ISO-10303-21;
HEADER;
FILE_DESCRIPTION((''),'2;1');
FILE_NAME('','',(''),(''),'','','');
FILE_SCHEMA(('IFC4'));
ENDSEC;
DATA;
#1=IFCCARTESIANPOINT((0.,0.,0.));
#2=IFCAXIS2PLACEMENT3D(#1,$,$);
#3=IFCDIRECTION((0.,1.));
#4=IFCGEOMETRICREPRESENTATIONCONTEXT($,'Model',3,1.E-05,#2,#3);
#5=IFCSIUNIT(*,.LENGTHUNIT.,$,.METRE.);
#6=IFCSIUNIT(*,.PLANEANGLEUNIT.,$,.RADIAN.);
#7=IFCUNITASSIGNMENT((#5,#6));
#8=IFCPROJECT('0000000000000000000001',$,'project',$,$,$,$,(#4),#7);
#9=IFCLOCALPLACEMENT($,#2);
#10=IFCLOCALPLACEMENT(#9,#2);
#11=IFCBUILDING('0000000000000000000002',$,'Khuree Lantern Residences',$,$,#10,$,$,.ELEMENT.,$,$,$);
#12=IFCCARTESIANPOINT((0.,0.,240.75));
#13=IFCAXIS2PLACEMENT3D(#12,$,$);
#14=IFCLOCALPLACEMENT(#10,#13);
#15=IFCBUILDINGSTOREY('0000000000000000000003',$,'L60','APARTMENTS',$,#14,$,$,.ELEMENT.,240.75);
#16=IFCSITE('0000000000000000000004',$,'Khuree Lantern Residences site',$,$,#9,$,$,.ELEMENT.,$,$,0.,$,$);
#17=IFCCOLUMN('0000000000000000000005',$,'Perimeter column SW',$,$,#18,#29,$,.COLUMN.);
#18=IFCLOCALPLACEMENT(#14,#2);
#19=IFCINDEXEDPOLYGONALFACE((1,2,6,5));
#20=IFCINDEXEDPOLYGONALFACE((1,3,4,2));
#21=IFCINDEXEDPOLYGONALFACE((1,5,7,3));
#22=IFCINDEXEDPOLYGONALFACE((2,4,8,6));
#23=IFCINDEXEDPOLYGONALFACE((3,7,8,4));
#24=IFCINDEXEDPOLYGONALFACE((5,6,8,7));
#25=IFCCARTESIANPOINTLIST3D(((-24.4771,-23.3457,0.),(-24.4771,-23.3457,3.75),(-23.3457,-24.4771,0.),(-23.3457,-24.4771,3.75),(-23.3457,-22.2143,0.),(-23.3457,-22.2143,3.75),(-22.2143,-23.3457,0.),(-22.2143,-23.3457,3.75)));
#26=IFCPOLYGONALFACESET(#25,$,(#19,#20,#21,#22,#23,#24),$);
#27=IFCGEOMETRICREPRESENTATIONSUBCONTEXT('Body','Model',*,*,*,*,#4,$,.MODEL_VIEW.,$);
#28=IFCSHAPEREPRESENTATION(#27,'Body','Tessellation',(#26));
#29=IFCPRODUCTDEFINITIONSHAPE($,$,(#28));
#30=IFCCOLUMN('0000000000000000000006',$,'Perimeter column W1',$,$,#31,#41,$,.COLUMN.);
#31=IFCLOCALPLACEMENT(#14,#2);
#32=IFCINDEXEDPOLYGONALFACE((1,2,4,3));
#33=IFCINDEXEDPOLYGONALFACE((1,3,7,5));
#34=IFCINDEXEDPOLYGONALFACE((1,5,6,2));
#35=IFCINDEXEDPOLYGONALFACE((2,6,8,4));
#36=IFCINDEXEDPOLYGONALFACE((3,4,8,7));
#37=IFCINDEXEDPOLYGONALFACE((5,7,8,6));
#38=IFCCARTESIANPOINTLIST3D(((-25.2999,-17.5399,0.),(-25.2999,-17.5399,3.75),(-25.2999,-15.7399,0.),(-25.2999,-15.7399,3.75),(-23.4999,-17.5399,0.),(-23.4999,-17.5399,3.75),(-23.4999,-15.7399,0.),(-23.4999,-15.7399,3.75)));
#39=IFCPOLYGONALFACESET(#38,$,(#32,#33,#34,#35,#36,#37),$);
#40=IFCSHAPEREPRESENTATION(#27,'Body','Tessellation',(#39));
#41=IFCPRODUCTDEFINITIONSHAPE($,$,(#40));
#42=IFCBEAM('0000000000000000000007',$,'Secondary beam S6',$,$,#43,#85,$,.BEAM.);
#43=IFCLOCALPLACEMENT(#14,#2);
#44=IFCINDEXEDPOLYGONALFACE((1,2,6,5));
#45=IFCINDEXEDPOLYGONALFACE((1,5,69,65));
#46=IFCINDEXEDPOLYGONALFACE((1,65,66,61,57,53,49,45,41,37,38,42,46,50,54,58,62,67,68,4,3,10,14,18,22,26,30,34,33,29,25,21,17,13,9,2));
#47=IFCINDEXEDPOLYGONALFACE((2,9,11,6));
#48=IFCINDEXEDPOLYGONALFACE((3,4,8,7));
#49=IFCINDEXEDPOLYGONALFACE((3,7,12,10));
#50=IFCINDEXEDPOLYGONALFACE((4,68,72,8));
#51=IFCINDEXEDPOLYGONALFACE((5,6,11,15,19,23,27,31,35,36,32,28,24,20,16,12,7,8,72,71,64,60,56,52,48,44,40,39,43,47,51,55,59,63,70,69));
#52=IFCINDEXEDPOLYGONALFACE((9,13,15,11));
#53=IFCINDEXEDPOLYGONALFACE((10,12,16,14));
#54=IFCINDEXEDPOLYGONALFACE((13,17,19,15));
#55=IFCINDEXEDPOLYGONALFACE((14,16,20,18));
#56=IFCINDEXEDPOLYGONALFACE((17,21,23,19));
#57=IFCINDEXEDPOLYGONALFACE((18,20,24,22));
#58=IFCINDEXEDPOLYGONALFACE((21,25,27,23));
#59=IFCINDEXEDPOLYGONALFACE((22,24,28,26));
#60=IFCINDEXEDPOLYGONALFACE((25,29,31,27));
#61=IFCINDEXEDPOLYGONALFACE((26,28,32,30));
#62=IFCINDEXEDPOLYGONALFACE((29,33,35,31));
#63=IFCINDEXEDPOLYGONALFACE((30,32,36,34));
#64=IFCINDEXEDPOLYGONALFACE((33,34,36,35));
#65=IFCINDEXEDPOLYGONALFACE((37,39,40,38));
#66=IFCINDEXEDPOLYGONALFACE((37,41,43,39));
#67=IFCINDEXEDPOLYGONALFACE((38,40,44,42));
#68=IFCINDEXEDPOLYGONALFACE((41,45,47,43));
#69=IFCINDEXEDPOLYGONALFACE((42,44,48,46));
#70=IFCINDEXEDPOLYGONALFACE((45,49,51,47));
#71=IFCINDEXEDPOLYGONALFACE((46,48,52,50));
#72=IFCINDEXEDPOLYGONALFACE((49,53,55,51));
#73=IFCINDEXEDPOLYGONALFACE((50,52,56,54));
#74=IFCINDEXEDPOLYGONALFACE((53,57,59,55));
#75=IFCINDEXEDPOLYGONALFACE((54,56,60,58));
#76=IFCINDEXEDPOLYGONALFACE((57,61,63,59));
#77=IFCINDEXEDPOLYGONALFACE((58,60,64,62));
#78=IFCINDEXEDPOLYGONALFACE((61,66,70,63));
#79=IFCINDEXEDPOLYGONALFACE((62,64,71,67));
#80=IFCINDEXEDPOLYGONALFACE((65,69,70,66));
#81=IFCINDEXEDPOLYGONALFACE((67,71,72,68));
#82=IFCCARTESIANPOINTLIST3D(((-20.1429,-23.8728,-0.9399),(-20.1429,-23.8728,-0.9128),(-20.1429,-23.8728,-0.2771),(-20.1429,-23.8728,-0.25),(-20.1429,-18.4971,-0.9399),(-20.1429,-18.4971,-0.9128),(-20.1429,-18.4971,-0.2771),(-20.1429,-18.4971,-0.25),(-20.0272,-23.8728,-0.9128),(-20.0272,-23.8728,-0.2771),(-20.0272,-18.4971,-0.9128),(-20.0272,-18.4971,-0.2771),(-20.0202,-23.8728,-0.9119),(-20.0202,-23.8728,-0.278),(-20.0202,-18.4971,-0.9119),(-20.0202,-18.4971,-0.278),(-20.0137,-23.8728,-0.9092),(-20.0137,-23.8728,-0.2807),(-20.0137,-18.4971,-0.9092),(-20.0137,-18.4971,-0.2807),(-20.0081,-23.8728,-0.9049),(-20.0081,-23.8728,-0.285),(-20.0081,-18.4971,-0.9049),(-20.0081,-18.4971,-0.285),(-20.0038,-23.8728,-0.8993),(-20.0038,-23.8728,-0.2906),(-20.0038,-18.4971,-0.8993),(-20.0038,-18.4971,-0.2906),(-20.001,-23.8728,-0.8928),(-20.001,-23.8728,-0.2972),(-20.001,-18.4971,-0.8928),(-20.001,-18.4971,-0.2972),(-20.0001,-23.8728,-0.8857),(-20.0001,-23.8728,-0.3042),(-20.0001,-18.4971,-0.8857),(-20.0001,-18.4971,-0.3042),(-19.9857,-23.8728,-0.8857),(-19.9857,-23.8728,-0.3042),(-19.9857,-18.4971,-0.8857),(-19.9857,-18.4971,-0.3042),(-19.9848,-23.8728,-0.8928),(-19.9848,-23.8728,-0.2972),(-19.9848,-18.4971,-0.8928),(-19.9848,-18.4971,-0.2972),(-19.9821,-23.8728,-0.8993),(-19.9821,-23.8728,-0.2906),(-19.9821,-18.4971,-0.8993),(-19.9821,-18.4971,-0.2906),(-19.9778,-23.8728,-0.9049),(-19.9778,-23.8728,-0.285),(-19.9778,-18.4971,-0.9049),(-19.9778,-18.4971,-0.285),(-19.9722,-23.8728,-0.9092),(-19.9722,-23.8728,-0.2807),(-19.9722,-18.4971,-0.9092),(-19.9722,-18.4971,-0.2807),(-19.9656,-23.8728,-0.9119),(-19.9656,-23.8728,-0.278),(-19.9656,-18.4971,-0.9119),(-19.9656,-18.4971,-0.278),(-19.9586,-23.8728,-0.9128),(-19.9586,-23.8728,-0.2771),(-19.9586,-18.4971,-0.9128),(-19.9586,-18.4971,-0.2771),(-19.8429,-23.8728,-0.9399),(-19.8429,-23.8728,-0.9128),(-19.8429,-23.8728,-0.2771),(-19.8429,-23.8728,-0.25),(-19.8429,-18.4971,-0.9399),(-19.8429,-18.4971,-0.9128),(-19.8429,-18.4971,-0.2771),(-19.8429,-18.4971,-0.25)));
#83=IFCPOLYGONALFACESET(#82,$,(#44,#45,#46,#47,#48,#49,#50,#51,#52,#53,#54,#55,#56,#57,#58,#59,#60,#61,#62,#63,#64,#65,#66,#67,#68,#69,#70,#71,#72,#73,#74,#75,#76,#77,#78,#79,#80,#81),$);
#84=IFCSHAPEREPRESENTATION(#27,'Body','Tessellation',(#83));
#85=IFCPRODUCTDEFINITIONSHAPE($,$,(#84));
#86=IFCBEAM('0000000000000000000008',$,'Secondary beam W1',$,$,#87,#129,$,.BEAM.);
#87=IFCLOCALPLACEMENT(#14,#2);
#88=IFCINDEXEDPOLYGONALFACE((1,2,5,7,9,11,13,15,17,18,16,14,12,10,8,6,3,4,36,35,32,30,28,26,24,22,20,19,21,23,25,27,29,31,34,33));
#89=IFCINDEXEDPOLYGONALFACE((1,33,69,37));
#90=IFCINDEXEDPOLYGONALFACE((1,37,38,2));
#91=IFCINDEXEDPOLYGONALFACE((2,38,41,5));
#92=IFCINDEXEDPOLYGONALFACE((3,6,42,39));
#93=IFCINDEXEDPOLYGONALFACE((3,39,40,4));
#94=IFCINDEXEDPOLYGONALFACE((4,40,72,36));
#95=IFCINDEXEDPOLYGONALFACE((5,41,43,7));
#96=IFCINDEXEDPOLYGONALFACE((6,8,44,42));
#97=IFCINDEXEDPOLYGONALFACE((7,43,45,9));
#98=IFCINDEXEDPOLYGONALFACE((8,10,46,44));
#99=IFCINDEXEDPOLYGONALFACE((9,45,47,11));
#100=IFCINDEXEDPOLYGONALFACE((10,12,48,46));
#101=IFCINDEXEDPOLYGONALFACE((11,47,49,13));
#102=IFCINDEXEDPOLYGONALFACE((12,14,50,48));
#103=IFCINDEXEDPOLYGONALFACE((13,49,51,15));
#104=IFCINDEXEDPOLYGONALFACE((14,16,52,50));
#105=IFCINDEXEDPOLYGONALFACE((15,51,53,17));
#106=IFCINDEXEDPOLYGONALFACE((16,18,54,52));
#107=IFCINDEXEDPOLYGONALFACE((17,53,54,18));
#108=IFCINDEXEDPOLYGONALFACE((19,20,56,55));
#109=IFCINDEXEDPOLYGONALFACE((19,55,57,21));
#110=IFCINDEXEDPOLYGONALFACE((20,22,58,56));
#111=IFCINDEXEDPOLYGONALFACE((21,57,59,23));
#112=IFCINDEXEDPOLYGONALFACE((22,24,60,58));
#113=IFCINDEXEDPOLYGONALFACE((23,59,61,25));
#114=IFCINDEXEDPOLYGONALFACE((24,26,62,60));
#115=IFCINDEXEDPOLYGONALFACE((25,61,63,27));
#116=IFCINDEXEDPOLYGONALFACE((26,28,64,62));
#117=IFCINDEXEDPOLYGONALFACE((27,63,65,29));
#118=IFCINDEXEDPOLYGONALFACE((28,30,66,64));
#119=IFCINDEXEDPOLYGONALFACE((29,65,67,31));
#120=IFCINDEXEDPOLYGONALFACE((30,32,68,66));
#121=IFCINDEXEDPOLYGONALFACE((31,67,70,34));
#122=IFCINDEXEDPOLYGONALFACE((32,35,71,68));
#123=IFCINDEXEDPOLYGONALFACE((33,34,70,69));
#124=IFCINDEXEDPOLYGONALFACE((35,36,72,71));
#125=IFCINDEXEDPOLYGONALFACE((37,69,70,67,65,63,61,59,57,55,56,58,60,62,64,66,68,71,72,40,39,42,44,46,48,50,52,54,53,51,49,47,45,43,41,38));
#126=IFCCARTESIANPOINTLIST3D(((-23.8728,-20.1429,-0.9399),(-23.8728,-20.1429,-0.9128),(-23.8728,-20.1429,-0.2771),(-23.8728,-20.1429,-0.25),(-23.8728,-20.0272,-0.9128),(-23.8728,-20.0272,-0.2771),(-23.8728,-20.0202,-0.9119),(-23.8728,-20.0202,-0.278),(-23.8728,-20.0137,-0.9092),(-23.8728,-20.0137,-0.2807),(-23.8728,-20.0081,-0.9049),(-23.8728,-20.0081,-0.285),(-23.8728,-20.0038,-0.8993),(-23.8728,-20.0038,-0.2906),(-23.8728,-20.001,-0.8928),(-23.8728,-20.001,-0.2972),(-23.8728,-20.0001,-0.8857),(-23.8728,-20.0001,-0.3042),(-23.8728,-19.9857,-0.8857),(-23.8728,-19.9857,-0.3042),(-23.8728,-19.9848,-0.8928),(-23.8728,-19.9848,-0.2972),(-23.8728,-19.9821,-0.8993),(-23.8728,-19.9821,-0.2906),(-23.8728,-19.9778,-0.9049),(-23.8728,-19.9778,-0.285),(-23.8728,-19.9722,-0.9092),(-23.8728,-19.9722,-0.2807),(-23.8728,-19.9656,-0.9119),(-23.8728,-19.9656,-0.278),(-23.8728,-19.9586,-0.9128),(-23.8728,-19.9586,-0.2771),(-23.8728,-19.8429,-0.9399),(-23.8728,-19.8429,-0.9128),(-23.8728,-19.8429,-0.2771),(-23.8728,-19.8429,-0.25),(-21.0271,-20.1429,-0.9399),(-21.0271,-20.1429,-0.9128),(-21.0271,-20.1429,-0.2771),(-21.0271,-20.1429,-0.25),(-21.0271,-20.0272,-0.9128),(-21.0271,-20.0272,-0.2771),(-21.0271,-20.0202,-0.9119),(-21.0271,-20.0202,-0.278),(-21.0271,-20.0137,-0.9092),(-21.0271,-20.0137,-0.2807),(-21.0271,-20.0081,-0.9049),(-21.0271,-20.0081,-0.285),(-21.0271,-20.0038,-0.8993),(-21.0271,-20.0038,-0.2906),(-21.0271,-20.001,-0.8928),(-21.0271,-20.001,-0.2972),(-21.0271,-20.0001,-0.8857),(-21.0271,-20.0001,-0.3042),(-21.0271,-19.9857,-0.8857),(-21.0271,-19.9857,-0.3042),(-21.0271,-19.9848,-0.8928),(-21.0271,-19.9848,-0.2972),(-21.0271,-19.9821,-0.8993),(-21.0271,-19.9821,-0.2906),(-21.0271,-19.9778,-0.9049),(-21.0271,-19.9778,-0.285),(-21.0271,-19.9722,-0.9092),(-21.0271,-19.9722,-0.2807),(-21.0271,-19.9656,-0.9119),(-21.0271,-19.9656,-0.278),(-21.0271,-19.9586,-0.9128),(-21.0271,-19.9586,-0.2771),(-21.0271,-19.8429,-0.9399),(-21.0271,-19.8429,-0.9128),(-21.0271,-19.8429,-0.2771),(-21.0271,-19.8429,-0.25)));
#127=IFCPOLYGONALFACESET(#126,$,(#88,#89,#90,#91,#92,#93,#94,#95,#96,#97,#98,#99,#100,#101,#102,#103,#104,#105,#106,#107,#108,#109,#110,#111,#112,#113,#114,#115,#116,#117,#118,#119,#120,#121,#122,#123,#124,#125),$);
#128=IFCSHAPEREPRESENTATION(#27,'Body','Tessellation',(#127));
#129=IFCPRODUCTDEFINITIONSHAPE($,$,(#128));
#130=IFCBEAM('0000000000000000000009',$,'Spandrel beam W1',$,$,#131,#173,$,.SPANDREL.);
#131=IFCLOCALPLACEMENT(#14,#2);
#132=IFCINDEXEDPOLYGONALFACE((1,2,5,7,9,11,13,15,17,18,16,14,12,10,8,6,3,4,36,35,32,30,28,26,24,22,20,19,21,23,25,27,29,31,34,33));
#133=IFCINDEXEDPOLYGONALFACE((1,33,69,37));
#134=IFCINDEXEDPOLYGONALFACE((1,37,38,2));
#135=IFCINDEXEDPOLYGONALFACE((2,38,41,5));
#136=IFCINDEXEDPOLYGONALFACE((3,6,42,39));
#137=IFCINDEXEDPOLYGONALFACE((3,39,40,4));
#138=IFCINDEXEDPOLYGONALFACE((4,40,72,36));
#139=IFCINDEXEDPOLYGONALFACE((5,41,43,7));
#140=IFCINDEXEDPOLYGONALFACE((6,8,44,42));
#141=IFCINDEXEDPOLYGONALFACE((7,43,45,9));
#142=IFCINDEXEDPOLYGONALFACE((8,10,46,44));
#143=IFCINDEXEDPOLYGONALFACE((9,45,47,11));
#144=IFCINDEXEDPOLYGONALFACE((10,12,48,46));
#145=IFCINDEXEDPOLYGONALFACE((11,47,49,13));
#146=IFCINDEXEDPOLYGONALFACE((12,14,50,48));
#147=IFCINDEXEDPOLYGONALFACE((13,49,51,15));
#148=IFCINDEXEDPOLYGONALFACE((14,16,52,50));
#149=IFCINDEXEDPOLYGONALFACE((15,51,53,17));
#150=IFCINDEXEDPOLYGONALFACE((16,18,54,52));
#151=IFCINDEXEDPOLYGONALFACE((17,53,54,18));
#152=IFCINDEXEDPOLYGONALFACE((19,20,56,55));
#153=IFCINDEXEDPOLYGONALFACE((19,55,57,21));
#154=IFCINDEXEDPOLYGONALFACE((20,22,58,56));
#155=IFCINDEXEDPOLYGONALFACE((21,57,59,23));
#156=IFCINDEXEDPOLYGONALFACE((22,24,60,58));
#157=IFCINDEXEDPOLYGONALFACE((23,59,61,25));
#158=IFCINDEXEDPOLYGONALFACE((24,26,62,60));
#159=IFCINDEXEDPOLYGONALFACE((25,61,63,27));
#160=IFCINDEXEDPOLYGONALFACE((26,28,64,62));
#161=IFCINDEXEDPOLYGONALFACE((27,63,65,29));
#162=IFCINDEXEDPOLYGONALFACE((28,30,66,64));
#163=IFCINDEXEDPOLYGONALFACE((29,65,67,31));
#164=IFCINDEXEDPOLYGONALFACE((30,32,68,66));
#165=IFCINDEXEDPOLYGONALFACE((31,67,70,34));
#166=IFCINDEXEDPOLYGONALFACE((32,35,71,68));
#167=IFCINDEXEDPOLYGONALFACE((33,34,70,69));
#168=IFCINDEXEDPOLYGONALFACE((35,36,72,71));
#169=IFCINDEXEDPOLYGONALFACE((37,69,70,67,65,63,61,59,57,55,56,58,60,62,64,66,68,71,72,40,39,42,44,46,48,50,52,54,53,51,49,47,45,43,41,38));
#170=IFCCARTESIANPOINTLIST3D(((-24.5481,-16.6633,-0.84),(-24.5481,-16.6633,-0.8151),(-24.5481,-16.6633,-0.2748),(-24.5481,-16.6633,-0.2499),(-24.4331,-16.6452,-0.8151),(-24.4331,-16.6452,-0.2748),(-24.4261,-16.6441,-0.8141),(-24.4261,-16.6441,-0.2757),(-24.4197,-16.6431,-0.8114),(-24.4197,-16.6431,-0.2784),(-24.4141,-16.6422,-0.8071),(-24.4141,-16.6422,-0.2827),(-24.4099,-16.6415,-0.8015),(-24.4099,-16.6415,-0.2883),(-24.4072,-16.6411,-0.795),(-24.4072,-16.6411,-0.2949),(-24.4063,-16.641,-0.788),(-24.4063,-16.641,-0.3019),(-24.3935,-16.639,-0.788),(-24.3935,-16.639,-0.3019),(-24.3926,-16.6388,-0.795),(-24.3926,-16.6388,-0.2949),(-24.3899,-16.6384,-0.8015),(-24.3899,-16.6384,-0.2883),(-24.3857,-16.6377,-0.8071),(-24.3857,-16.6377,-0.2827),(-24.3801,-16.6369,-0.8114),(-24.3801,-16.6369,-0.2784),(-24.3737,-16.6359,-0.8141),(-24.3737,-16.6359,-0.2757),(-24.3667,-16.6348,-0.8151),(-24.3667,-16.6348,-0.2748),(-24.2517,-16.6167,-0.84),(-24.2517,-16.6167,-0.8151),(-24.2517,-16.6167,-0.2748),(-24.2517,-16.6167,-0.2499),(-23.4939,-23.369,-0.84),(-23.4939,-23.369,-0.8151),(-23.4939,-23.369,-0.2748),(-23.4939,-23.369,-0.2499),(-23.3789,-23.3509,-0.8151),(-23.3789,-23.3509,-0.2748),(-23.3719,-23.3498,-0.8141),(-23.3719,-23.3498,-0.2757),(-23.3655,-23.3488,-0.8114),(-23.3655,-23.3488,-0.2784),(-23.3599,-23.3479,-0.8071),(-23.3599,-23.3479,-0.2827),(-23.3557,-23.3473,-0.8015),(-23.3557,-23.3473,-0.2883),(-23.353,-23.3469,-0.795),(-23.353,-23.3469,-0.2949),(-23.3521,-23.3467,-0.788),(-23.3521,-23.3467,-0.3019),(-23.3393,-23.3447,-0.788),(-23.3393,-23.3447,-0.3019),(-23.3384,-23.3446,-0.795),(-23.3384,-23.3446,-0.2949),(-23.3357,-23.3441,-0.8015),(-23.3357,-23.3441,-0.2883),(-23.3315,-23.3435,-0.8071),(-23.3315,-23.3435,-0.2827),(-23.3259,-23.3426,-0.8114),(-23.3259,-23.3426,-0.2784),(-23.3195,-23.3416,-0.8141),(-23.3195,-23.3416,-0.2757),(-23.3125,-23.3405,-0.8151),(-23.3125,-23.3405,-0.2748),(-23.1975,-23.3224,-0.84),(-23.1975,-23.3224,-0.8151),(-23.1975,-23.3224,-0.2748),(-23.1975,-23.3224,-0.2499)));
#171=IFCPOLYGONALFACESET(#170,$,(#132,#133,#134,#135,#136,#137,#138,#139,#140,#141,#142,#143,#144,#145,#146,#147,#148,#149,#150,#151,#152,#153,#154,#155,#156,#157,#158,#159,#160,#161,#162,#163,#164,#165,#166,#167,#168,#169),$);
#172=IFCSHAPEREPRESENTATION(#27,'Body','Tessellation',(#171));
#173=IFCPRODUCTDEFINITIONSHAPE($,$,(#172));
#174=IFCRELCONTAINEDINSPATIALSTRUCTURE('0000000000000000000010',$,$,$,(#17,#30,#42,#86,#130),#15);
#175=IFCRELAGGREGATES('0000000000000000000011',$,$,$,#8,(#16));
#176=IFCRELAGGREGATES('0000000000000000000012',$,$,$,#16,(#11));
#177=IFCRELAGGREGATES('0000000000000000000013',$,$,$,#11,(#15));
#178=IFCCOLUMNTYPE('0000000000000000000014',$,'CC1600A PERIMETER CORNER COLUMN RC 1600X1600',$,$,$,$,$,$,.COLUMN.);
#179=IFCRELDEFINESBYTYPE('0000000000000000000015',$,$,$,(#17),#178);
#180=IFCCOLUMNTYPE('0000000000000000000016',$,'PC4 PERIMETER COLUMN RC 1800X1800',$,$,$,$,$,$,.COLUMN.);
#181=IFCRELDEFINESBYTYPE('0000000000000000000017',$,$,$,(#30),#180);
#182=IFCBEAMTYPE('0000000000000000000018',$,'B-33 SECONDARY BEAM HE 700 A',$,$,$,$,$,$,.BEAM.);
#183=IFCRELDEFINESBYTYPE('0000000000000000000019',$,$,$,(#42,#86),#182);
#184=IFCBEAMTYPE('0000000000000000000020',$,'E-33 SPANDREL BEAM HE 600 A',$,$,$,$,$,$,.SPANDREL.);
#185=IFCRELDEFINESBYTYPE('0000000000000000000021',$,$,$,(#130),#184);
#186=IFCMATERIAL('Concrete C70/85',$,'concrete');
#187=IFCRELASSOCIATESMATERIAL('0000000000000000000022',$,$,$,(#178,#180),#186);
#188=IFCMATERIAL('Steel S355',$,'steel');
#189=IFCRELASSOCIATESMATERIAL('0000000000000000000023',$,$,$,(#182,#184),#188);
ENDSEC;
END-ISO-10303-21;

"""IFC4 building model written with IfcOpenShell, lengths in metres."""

from ifc_helpers import new_model, si_unit, direction, frame, origin, origin_2d, place, context, subcontext, project, spatial, rectangle, i_section, extrude, material, material_profile, profile_set, type_object, element, save


model = new_model("IFC4")

# Units and contexts
model_context = context("Model", 3, precision=1e-05, world=origin(), true_north=direction((0.0, 1.0)))
body_context = subcontext(model_context, "Body", "Model", "MODEL_VIEW")
ifc_project = project(units=[si_unit("LENGTHUNIT", "METRE"), si_unit("PLANEANGLEUNIT", "RADIAN")], contexts=[model_context])

# Site, building, storey
site_placement = place(None, origin())
site = spatial("IfcSite", under=ifc_project, at=site_placement, Name="Khuree Lantern Residences site", CompositionType="ELEMENT", RefElevation=0.0)
building_placement = place(site_placement, origin())
building = spatial("IfcBuilding", under=site, at=building_placement, Name="Khuree Lantern Residences", CompositionType="ELEMENT")
storey_placement = place(building_placement, frame((0.0, 0.0, 240.75)))
storey = spatial("IfcBuildingStorey", under=building, at=storey_placement, Name="L60", Description="APARTMENTS", CompositionType="ELEMENT", Elevation=240.75)

# Columns
ifc_material_1 = material(Name="Concrete C70/85", Category="concrete")
ifc_material_profile_1 = material_profile(ifc_material_1, rectangle(XDim=1.6001, YDim=1.6001, at=origin_2d()), Name="RC 1600X1600")
ifc_profile_set_1 = profile_set([ifc_material_profile_1], Name="Concrete C70/85")
column_type_1 = type_object("IfcColumnType", Name="CC1600A PERIMETER CORNER COLUMN RC 1600X1600", PredefinedType="COLUMN", material=ifc_profile_set_1)
column_1_placement = place(storey_placement, frame((-23.3457, -23.3457, 0.0), z_axis=(0.0, 0.0, 1.0), x_axis=(0.707107, -0.707107, 0.0)))
element("IfcColumn", 1, at=column_1_placement, inside=storey, type_object=column_type_1, Name="Perimeter column SW", PredefinedType="COLUMN", context=body_context, shape_type="SweptSolid", body=[
    extrude(rectangle(XDim=1.6001, YDim=1.6001, at=origin_2d()), origin(), (0.0, 0.0, 1.0), 3.75),
])
ifc_material_profile_2 = material_profile(ifc_material_1, rectangle(XDim=1.8, YDim=1.8, at=origin_2d()), Name="RC 1800X1800")
ifc_profile_set_2 = profile_set([ifc_material_profile_2], Name="Concrete C70/85")
column_type_2 = type_object("IfcColumnType", Name="PC4 PERIMETER COLUMN RC 1800X1800", PredefinedType="COLUMN", material=ifc_profile_set_2)
column_2_placement = place(storey_placement, frame((-24.3999, -16.6399, 0.0), z_axis=(0.0, 0.0, 1.0), x_axis=(0.0, 1.0, 0.0)))
element("IfcColumn", 2, at=column_2_placement, inside=storey, type_object=column_type_2, Name="Perimeter column W1", PredefinedType="COLUMN", context=body_context, shape_type="SweptSolid", body=[
    extrude(rectangle(XDim=1.8, YDim=1.8, at=origin_2d()), origin(), (0.0, 0.0, 1.0), 3.75),
])

# Beams
ifc_material_2 = material(Name="Steel S355", Category="steel")
ifc_material_profile_3 = material_profile(ifc_material_2, i_section(OverallWidth=0.3, OverallDepth=0.6899, WebThickness=0.0144, FlangeThickness=0.0271, FilletRadius=0.0271, at=origin_2d()), Name="HE 700 A")
ifc_profile_set_3 = profile_set([ifc_material_profile_3], Name="Steel S355")
beam_type_1 = type_object("IfcBeamType", Name="B-33 SECONDARY BEAM HE 700 A", PredefinedType="BEAM", material=ifc_profile_set_3)
beam_1_placement = place(storey_placement, frame((-19.9929, -23.8728, -0.595), z_axis=(0.0, 1.0, 0.0), x_axis=(-1.0, 0.0, 0.0)))
element("IfcBeam", 3, at=beam_1_placement, inside=storey, type_object=beam_type_1, Name="Secondary beam S6", PredefinedType="BEAM", context=body_context, shape_type="SweptSolid", body=[
    extrude(i_section(OverallWidth=0.3, OverallDepth=0.6899, WebThickness=0.0144, FlangeThickness=0.0271, FilletRadius=0.0271, at=origin_2d()), origin(), (0.0, 0.0, 1.0), 5.3757),
])
beam_2_placement = place(storey_placement, frame((-23.8728, -19.9929, -0.595), z_axis=(1.0, 0.0, 0.0), x_axis=(0.0, 1.0, 0.0)))
element("IfcBeam", 4, at=beam_2_placement, inside=storey, type_object=beam_type_1, Name="Secondary beam W1", PredefinedType="BEAM", context=body_context, shape_type="SweptSolid", body=[
    extrude(i_section(OverallWidth=0.3, OverallDepth=0.6899, WebThickness=0.0144, FlangeThickness=0.0271, FilletRadius=0.0271, at=origin_2d()), origin(), (0.0, 0.0, 1.0), 2.8457),
])
ifc_material_profile_4 = material_profile(ifc_material_2, i_section(OverallWidth=0.3, OverallDepth=0.5901, WebThickness=0.0129, FlangeThickness=0.0249, FilletRadius=0.0271, at=origin_2d()), Name="HE 600 A")
ifc_profile_set_4 = profile_set([ifc_material_profile_4], Name="Steel S355")
beam_type_2 = type_object("IfcBeamType", Name="E-33 SPANDREL BEAM HE 600 A", PredefinedType="SPANDREL", material=ifc_profile_set_4)
beam_3_placement = place(storey_placement, frame((-23.3457, -23.3457, -0.5449), z_axis=(-0.1553, 0.987867, 0.0), x_axis=(-0.987867, -0.1553, 0.0)))
element("IfcBeam", 5, at=beam_3_placement, inside=storey, type_object=beam_type_2, Name="Spandrel beam W1", PredefinedType="SPANDREL", context=body_context, shape_type="SweptSolid", body=[
    extrude(i_section(OverallWidth=0.3, OverallDepth=0.5901, WebThickness=0.0129, FlangeThickness=0.0249, FilletRadius=0.0271, at=origin_2d()), origin(), (0.0, 0.0, 1.0), 6.7881),
])

save(model, "model.ifc")
